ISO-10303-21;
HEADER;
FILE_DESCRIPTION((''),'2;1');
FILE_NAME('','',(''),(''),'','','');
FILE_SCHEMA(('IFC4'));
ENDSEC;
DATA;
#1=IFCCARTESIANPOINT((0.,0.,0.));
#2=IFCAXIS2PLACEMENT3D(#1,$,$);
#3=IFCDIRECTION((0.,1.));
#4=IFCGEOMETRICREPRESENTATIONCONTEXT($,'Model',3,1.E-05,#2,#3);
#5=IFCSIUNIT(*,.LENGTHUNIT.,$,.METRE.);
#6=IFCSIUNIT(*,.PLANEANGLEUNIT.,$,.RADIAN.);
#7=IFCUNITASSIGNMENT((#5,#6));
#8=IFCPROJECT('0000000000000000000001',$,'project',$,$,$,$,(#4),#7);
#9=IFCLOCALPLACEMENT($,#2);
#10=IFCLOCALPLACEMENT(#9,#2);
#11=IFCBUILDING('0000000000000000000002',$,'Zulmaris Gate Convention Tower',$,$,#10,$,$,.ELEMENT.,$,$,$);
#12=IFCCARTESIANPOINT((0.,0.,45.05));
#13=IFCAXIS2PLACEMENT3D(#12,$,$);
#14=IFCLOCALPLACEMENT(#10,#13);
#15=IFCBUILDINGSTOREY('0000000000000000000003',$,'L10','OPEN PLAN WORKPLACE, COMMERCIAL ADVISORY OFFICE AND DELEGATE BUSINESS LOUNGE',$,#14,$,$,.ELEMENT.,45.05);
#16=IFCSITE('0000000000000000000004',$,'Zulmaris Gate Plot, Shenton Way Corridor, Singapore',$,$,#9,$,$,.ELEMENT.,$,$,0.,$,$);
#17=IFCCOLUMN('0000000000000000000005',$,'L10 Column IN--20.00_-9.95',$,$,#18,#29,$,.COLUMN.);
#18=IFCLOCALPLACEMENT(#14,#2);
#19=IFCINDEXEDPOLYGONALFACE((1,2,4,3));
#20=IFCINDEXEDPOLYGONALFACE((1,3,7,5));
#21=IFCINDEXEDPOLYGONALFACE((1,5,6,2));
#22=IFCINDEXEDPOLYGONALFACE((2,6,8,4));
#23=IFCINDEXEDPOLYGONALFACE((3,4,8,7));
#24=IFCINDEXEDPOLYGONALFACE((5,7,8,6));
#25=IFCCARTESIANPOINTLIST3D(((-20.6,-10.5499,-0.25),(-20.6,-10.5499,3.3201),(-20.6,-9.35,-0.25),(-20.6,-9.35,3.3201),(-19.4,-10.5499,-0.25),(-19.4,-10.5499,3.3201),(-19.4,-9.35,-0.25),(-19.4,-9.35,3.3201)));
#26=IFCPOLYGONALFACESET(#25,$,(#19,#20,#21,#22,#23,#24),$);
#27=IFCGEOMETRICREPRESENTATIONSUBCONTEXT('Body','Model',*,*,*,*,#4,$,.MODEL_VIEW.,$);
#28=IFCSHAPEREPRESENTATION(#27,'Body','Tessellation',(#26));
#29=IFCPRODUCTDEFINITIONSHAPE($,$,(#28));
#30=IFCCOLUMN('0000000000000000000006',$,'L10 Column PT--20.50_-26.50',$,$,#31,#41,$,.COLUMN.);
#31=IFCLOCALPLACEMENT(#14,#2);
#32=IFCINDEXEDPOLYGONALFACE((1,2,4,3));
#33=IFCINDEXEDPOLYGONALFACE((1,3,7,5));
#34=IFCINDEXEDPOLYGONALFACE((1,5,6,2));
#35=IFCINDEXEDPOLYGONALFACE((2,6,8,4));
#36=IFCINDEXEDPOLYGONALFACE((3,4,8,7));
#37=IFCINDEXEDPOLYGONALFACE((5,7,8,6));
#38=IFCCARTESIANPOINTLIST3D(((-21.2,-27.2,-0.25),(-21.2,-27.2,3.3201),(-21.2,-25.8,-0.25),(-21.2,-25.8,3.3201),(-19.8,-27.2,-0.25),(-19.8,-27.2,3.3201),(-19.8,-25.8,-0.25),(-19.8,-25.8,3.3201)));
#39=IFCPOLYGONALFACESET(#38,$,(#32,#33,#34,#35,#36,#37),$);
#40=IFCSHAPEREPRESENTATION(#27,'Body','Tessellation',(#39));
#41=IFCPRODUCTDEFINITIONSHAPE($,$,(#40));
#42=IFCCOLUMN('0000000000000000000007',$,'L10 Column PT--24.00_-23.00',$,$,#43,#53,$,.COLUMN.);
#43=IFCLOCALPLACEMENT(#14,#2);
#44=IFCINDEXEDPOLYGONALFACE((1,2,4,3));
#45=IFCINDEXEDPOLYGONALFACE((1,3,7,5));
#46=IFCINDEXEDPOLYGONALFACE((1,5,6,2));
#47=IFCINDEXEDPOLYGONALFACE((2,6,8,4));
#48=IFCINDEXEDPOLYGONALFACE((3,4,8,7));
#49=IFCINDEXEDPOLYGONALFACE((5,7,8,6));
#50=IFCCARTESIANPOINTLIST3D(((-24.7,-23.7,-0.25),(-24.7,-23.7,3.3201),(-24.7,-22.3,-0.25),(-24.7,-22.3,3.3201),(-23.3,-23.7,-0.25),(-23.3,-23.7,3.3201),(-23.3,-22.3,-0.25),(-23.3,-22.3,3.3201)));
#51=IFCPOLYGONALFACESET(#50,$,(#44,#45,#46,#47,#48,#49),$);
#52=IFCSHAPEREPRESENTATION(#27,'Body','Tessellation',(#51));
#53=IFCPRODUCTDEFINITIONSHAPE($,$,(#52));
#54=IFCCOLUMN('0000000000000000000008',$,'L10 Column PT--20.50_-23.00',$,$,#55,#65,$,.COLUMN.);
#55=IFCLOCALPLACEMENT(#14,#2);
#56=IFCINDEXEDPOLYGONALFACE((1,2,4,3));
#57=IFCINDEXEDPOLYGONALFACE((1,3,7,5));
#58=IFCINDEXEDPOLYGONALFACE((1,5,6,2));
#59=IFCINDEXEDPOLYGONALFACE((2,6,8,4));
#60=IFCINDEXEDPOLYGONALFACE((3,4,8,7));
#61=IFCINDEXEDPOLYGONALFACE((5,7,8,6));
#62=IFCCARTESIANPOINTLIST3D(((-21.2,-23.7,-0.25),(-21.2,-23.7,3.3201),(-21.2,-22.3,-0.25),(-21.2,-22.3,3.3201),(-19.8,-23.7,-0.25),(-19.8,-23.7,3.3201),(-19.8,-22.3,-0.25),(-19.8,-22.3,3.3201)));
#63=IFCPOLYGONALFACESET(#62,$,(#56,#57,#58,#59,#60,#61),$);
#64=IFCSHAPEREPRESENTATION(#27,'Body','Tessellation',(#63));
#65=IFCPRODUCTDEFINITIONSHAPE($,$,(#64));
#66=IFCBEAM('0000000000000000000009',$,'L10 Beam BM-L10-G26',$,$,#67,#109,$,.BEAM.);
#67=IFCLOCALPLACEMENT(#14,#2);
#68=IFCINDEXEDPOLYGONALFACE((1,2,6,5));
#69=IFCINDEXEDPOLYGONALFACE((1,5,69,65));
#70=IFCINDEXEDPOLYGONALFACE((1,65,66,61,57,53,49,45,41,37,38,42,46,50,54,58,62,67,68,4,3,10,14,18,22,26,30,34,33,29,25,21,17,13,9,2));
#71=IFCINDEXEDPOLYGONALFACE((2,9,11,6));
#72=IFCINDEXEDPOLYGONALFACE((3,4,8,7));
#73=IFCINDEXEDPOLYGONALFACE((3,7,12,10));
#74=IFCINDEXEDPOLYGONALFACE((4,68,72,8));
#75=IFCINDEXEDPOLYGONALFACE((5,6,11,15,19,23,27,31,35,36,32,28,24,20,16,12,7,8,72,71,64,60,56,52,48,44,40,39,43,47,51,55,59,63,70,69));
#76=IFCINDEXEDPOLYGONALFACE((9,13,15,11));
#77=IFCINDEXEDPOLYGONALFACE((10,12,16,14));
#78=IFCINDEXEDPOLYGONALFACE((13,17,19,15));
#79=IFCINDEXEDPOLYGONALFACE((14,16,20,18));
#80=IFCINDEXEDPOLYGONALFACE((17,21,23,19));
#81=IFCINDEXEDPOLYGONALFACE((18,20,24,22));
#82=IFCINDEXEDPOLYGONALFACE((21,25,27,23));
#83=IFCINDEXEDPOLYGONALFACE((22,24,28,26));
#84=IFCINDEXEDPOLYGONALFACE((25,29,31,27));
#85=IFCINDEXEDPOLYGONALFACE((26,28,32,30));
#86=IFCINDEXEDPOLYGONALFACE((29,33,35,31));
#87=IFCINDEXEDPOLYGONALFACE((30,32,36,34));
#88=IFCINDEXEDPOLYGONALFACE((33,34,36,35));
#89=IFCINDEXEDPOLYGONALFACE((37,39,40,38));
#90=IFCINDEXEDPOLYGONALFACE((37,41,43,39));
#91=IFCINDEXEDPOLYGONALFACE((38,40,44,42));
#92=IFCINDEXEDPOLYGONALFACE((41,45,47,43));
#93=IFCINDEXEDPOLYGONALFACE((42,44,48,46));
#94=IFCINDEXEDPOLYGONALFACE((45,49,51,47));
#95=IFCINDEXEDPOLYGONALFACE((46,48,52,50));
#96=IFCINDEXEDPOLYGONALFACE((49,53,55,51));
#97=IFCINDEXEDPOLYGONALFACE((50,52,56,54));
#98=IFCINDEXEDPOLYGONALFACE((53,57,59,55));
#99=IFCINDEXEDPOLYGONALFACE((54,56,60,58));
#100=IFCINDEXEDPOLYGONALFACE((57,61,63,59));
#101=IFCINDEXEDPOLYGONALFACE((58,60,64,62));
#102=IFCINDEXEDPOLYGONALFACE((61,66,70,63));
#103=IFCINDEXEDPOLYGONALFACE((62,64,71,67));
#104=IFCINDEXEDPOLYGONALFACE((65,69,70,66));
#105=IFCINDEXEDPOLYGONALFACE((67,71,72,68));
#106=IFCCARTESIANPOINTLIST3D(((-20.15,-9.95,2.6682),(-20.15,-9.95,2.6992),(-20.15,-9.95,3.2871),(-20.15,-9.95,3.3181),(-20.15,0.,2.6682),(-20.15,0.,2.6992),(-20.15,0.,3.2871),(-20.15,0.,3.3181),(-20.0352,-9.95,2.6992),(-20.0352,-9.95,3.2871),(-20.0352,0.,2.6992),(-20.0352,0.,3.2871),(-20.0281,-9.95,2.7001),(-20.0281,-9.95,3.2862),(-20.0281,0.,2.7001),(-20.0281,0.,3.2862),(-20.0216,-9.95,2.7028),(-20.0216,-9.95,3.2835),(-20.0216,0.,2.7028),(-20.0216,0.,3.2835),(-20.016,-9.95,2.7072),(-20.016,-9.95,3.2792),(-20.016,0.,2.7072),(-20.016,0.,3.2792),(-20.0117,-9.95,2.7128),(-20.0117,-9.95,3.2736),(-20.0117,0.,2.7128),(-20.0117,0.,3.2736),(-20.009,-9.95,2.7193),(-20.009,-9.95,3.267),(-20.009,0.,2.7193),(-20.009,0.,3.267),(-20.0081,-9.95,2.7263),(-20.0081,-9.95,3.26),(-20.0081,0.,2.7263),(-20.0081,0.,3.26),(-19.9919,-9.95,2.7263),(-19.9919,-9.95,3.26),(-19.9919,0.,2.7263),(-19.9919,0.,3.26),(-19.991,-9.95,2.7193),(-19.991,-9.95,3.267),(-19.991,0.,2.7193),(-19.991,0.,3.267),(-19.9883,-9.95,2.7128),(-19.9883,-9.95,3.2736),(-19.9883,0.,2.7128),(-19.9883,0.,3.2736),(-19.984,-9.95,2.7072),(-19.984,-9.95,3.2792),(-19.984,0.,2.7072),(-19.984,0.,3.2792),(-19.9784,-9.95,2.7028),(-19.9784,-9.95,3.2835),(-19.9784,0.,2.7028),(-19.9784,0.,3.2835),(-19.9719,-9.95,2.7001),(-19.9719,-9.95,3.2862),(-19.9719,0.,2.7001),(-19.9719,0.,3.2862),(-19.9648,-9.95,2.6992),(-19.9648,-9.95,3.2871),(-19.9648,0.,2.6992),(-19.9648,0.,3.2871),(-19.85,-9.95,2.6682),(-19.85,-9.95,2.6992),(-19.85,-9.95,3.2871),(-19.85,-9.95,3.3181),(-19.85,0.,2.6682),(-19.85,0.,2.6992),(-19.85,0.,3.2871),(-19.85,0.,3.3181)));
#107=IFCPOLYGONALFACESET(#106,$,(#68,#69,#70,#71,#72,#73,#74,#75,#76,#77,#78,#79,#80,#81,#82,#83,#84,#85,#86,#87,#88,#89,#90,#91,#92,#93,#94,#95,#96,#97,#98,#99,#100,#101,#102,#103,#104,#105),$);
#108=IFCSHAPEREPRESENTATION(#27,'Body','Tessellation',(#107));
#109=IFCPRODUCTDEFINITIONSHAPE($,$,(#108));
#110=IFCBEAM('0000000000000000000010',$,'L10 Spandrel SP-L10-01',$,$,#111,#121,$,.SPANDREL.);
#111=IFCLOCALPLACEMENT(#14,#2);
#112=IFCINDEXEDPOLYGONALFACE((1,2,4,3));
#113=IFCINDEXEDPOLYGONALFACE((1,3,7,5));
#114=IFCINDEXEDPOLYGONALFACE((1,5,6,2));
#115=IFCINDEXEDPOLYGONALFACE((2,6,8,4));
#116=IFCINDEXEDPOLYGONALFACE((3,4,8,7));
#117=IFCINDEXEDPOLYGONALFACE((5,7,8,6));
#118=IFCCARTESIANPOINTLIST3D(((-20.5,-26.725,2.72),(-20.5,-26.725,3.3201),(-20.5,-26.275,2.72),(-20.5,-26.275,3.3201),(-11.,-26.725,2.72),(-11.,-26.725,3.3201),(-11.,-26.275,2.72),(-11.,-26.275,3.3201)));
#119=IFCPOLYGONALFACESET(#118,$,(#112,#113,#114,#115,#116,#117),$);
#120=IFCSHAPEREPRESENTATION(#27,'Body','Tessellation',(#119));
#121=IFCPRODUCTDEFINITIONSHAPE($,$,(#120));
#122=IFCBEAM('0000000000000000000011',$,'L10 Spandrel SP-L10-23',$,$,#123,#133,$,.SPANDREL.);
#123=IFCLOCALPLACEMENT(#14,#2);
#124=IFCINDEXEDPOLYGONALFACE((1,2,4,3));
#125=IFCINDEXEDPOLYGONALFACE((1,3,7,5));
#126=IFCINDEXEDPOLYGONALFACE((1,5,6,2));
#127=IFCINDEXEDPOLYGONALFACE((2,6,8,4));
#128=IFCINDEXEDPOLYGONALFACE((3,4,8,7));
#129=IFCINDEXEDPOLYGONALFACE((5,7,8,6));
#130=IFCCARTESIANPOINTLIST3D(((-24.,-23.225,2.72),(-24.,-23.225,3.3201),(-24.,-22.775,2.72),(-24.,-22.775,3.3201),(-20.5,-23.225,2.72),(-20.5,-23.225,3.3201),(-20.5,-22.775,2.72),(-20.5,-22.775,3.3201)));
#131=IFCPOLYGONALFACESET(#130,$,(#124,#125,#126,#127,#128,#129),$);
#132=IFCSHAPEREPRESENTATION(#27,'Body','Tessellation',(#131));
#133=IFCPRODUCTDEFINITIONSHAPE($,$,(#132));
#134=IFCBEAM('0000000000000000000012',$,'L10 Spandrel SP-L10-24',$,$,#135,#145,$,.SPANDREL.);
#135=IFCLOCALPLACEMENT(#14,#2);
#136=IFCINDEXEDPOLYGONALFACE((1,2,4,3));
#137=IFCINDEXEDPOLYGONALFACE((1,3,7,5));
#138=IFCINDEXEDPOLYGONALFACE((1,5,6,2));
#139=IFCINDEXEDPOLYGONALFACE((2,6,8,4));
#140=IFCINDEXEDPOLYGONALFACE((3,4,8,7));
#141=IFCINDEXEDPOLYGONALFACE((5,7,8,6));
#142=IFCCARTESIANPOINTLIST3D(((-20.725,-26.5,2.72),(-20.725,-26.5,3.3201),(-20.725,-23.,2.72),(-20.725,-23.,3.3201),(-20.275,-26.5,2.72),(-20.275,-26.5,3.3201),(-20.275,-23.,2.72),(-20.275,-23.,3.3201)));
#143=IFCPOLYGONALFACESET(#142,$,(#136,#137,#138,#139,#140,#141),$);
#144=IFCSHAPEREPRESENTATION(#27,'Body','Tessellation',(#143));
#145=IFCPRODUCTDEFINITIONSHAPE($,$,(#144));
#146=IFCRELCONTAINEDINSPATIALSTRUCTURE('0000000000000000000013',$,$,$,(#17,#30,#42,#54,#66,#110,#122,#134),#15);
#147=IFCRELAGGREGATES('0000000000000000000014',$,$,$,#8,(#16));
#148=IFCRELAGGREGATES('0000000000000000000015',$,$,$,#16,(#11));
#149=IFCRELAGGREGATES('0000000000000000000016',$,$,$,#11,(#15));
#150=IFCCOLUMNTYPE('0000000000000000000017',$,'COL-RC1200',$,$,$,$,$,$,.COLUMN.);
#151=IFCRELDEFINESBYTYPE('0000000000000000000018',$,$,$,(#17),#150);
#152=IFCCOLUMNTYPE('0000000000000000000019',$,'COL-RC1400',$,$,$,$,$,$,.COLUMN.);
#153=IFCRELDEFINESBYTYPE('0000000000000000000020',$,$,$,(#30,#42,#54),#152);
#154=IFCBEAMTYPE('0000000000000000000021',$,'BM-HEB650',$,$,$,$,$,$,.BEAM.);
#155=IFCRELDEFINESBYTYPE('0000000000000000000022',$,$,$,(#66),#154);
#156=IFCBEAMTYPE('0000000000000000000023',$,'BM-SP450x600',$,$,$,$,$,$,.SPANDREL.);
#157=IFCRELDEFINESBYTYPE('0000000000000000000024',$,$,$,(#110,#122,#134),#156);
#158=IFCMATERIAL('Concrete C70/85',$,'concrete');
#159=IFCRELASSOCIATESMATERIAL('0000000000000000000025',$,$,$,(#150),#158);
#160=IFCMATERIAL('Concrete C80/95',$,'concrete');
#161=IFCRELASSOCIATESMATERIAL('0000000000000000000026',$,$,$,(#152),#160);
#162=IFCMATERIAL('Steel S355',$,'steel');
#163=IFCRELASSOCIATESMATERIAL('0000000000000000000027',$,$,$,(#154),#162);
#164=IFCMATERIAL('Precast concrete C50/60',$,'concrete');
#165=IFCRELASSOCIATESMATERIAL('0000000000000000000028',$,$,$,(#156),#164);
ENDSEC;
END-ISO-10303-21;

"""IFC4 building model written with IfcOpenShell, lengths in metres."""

from ifc_helpers import new_model, si_unit, direction, frame, origin, origin_2d, place, context, subcontext, project, spatial, rectangle, i_section, extrude, material, material_profile, profile_set, type_object, element, save


model = new_model("IFC4")

# Units and contexts
model_context = context("Model", 3, precision=1e-05, world=origin(), true_north=direction((0.0, 1.0)))
body_context = subcontext(model_context, "Body", "Model", "MODEL_VIEW")
ifc_project = project(units=[si_unit("LENGTHUNIT", "METRE"), si_unit("PLANEANGLEUNIT", "RADIAN")], contexts=[model_context])

# Site, building, storey
site_placement = place(None, origin())
site = spatial("IfcSite", under=ifc_project, at=site_placement, Name="Zulmaris Gate Plot, Shenton Way Corridor, Singapore", CompositionType="ELEMENT", RefElevation=0.0)
building_placement = place(site_placement, origin())
building = spatial("IfcBuilding", under=site, at=building_placement, Name="Zulmaris Gate Convention Tower", CompositionType="ELEMENT")
storey_placement = place(building_placement, frame((0.0, 0.0, 45.05)))
storey = spatial("IfcBuildingStorey", under=building, at=storey_placement, Name="L10", Description="OPEN PLAN WORKPLACE, COMMERCIAL ADVISORY OFFICE AND DELEGATE BUSINESS LOUNGE", CompositionType="ELEMENT", Elevation=45.05)

# Columns
ifc_material_1 = material(Name="Concrete C70/85", Category="concrete")
ifc_material_profile_1 = material_profile(ifc_material_1, rectangle(XDim=1.2, YDim=1.2, at=origin_2d()), Name="RC COL 1200x1200")
ifc_profile_set_1 = profile_set([ifc_material_profile_1], Name="Concrete C70/85")
column_type_1 = type_object("IfcColumnType", Name="COL-RC1200", PredefinedType="COLUMN", material=ifc_profile_set_1)
column_placement = place(storey_placement, frame((-20.0, -9.95, -0.25), z_axis=(0.0, 0.0, 1.0), x_axis=(1.0, 0.0, 0.0)))
element("IfcColumn", 1, at=column_placement, inside=storey, type_object=column_type_1, Name="L10 Column IN--20.00_-9.95", PredefinedType="COLUMN", context=body_context, shape_type="SweptSolid", body=[
    extrude(rectangle(XDim=1.2, YDim=1.2, at=origin_2d()), origin(), (0.0, 0.0, 1.0), 3.5701),
])
ifc_material_2 = material(Name="Concrete C80/95", Category="concrete")
ifc_material_profile_2 = material_profile(ifc_material_2, rectangle(XDim=1.3999, YDim=1.3999, at=origin_2d()), Name="RC COL 1400x1400")
ifc_profile_set_2 = profile_set([ifc_material_profile_2], Name="Concrete C80/95")
column_type_2 = type_object("IfcColumnType", Name="COL-RC1400", PredefinedType="COLUMN", material=ifc_profile_set_2)
for number, where, z_axis, x_axis, name in (
    (2, (-20.5, -26.5, -0.25), (0.0, 0.0, 1.0), (1.0, 0.0, 0.0), "L10 Column PT--20.50_-26.50"),
    (3, (-24.0, -23.0, -0.25), (0.0, 0.0, 1.0), (1.0, 0.0, 0.0), "L10 Column PT--24.00_-23.00"),
    (4, (-20.5, -23.0, -0.25), (0.0, 0.0, 1.0), (1.0, 0.0, 0.0), "L10 Column PT--20.50_-23.00"),
):
    element("IfcColumn", number, at=place(storey_placement, frame(where, z_axis=z_axis, x_axis=x_axis)), inside=storey, type_object=column_type_2, Name=name, PredefinedType="COLUMN", context=body_context, shape_type="SweptSolid", body=[
        extrude(rectangle(XDim=1.3999, YDim=1.3999, at=origin_2d()), origin(), (0.0, 0.0, 1.0), 3.5701),
    ])

# Beams
ifc_material_3 = material(Name="Steel S355", Category="steel")
ifc_material_profile_3 = material_profile(ifc_material_3, i_section(OverallWidth=0.3, OverallDepth=0.6499, WebThickness=0.0161, FlangeThickness=0.031, FilletRadius=0.0271, at=origin_2d()), Name="HEB 650")
ifc_profile_set_3 = profile_set([ifc_material_profile_3], Name="Steel S355")
beam_type_1 = type_object("IfcBeamType", Name="BM-HEB650", PredefinedType="BEAM", material=ifc_profile_set_3)
beam_1_placement = place(storey_placement, frame((-20.0, -9.95, 2.9932), z_axis=(0.0, 1.0, 0.0), x_axis=(-1.0, 0.0, 0.0)))
element("IfcBeam", 5, at=beam_1_placement, inside=storey, type_object=beam_type_1, Name="L10 Beam BM-L10-G26", PredefinedType="BEAM", context=body_context, shape_type="SweptSolid", body=[
    extrude(i_section(OverallWidth=0.3, OverallDepth=0.6499, WebThickness=0.0161, FlangeThickness=0.031, FilletRadius=0.0271, at=origin_2d()), origin(), (0.0, 0.0, 1.0), 9.95),
])
ifc_material_4 = material(Name="Precast concrete C50/60", Category="concrete")
ifc_material_profile_4 = material_profile(ifc_material_4, rectangle(XDim=0.45, YDim=0.6001, at=origin_2d()), Name="RC SPANDREL 450x600")
ifc_profile_set_4 = profile_set([ifc_material_profile_4], Name="Precast concrete C50/60")
beam_type_2 = type_object("IfcBeamType", Name="BM-SP450x600", PredefinedType="SPANDREL", material=ifc_profile_set_4)
beam_2_placement = place(storey_placement, frame((-20.5, -26.5, 3.02), z_axis=(1.0, 0.0, 0.0), x_axis=(0.0, 1.0, 0.0)))
element("IfcBeam", 6, at=beam_2_placement, inside=storey, type_object=beam_type_2, Name="L10 Spandrel SP-L10-01", PredefinedType="SPANDREL", context=body_context, shape_type="SweptSolid", body=[
    extrude(rectangle(XDim=0.45, YDim=0.6001, at=origin_2d()), origin(), (0.0, 0.0, 1.0), 9.5),
])
for number, where, z_axis, x_axis, name in (
    (7, (-24.0, -23.0, 3.02), (1.0, 0.0, 0.0), (0.0, 1.0, 0.0), "L10 Spandrel SP-L10-23"),
    (8, (-20.5, -23.0, 3.02), (0.0, -1.0, 0.0), (1.0, 0.0, 0.0), "L10 Spandrel SP-L10-24"),
):
    element("IfcBeam", number, at=place(storey_placement, frame(where, z_axis=z_axis, x_axis=x_axis)), inside=storey, type_object=beam_type_2, Name=name, PredefinedType="SPANDREL", context=body_context, shape_type="SweptSolid", body=[
        extrude(rectangle(XDim=0.45, YDim=0.6001, at=origin_2d()), origin(), (0.0, 0.0, 1.0), 3.5),
    ])

save(model, "model.ifc")
